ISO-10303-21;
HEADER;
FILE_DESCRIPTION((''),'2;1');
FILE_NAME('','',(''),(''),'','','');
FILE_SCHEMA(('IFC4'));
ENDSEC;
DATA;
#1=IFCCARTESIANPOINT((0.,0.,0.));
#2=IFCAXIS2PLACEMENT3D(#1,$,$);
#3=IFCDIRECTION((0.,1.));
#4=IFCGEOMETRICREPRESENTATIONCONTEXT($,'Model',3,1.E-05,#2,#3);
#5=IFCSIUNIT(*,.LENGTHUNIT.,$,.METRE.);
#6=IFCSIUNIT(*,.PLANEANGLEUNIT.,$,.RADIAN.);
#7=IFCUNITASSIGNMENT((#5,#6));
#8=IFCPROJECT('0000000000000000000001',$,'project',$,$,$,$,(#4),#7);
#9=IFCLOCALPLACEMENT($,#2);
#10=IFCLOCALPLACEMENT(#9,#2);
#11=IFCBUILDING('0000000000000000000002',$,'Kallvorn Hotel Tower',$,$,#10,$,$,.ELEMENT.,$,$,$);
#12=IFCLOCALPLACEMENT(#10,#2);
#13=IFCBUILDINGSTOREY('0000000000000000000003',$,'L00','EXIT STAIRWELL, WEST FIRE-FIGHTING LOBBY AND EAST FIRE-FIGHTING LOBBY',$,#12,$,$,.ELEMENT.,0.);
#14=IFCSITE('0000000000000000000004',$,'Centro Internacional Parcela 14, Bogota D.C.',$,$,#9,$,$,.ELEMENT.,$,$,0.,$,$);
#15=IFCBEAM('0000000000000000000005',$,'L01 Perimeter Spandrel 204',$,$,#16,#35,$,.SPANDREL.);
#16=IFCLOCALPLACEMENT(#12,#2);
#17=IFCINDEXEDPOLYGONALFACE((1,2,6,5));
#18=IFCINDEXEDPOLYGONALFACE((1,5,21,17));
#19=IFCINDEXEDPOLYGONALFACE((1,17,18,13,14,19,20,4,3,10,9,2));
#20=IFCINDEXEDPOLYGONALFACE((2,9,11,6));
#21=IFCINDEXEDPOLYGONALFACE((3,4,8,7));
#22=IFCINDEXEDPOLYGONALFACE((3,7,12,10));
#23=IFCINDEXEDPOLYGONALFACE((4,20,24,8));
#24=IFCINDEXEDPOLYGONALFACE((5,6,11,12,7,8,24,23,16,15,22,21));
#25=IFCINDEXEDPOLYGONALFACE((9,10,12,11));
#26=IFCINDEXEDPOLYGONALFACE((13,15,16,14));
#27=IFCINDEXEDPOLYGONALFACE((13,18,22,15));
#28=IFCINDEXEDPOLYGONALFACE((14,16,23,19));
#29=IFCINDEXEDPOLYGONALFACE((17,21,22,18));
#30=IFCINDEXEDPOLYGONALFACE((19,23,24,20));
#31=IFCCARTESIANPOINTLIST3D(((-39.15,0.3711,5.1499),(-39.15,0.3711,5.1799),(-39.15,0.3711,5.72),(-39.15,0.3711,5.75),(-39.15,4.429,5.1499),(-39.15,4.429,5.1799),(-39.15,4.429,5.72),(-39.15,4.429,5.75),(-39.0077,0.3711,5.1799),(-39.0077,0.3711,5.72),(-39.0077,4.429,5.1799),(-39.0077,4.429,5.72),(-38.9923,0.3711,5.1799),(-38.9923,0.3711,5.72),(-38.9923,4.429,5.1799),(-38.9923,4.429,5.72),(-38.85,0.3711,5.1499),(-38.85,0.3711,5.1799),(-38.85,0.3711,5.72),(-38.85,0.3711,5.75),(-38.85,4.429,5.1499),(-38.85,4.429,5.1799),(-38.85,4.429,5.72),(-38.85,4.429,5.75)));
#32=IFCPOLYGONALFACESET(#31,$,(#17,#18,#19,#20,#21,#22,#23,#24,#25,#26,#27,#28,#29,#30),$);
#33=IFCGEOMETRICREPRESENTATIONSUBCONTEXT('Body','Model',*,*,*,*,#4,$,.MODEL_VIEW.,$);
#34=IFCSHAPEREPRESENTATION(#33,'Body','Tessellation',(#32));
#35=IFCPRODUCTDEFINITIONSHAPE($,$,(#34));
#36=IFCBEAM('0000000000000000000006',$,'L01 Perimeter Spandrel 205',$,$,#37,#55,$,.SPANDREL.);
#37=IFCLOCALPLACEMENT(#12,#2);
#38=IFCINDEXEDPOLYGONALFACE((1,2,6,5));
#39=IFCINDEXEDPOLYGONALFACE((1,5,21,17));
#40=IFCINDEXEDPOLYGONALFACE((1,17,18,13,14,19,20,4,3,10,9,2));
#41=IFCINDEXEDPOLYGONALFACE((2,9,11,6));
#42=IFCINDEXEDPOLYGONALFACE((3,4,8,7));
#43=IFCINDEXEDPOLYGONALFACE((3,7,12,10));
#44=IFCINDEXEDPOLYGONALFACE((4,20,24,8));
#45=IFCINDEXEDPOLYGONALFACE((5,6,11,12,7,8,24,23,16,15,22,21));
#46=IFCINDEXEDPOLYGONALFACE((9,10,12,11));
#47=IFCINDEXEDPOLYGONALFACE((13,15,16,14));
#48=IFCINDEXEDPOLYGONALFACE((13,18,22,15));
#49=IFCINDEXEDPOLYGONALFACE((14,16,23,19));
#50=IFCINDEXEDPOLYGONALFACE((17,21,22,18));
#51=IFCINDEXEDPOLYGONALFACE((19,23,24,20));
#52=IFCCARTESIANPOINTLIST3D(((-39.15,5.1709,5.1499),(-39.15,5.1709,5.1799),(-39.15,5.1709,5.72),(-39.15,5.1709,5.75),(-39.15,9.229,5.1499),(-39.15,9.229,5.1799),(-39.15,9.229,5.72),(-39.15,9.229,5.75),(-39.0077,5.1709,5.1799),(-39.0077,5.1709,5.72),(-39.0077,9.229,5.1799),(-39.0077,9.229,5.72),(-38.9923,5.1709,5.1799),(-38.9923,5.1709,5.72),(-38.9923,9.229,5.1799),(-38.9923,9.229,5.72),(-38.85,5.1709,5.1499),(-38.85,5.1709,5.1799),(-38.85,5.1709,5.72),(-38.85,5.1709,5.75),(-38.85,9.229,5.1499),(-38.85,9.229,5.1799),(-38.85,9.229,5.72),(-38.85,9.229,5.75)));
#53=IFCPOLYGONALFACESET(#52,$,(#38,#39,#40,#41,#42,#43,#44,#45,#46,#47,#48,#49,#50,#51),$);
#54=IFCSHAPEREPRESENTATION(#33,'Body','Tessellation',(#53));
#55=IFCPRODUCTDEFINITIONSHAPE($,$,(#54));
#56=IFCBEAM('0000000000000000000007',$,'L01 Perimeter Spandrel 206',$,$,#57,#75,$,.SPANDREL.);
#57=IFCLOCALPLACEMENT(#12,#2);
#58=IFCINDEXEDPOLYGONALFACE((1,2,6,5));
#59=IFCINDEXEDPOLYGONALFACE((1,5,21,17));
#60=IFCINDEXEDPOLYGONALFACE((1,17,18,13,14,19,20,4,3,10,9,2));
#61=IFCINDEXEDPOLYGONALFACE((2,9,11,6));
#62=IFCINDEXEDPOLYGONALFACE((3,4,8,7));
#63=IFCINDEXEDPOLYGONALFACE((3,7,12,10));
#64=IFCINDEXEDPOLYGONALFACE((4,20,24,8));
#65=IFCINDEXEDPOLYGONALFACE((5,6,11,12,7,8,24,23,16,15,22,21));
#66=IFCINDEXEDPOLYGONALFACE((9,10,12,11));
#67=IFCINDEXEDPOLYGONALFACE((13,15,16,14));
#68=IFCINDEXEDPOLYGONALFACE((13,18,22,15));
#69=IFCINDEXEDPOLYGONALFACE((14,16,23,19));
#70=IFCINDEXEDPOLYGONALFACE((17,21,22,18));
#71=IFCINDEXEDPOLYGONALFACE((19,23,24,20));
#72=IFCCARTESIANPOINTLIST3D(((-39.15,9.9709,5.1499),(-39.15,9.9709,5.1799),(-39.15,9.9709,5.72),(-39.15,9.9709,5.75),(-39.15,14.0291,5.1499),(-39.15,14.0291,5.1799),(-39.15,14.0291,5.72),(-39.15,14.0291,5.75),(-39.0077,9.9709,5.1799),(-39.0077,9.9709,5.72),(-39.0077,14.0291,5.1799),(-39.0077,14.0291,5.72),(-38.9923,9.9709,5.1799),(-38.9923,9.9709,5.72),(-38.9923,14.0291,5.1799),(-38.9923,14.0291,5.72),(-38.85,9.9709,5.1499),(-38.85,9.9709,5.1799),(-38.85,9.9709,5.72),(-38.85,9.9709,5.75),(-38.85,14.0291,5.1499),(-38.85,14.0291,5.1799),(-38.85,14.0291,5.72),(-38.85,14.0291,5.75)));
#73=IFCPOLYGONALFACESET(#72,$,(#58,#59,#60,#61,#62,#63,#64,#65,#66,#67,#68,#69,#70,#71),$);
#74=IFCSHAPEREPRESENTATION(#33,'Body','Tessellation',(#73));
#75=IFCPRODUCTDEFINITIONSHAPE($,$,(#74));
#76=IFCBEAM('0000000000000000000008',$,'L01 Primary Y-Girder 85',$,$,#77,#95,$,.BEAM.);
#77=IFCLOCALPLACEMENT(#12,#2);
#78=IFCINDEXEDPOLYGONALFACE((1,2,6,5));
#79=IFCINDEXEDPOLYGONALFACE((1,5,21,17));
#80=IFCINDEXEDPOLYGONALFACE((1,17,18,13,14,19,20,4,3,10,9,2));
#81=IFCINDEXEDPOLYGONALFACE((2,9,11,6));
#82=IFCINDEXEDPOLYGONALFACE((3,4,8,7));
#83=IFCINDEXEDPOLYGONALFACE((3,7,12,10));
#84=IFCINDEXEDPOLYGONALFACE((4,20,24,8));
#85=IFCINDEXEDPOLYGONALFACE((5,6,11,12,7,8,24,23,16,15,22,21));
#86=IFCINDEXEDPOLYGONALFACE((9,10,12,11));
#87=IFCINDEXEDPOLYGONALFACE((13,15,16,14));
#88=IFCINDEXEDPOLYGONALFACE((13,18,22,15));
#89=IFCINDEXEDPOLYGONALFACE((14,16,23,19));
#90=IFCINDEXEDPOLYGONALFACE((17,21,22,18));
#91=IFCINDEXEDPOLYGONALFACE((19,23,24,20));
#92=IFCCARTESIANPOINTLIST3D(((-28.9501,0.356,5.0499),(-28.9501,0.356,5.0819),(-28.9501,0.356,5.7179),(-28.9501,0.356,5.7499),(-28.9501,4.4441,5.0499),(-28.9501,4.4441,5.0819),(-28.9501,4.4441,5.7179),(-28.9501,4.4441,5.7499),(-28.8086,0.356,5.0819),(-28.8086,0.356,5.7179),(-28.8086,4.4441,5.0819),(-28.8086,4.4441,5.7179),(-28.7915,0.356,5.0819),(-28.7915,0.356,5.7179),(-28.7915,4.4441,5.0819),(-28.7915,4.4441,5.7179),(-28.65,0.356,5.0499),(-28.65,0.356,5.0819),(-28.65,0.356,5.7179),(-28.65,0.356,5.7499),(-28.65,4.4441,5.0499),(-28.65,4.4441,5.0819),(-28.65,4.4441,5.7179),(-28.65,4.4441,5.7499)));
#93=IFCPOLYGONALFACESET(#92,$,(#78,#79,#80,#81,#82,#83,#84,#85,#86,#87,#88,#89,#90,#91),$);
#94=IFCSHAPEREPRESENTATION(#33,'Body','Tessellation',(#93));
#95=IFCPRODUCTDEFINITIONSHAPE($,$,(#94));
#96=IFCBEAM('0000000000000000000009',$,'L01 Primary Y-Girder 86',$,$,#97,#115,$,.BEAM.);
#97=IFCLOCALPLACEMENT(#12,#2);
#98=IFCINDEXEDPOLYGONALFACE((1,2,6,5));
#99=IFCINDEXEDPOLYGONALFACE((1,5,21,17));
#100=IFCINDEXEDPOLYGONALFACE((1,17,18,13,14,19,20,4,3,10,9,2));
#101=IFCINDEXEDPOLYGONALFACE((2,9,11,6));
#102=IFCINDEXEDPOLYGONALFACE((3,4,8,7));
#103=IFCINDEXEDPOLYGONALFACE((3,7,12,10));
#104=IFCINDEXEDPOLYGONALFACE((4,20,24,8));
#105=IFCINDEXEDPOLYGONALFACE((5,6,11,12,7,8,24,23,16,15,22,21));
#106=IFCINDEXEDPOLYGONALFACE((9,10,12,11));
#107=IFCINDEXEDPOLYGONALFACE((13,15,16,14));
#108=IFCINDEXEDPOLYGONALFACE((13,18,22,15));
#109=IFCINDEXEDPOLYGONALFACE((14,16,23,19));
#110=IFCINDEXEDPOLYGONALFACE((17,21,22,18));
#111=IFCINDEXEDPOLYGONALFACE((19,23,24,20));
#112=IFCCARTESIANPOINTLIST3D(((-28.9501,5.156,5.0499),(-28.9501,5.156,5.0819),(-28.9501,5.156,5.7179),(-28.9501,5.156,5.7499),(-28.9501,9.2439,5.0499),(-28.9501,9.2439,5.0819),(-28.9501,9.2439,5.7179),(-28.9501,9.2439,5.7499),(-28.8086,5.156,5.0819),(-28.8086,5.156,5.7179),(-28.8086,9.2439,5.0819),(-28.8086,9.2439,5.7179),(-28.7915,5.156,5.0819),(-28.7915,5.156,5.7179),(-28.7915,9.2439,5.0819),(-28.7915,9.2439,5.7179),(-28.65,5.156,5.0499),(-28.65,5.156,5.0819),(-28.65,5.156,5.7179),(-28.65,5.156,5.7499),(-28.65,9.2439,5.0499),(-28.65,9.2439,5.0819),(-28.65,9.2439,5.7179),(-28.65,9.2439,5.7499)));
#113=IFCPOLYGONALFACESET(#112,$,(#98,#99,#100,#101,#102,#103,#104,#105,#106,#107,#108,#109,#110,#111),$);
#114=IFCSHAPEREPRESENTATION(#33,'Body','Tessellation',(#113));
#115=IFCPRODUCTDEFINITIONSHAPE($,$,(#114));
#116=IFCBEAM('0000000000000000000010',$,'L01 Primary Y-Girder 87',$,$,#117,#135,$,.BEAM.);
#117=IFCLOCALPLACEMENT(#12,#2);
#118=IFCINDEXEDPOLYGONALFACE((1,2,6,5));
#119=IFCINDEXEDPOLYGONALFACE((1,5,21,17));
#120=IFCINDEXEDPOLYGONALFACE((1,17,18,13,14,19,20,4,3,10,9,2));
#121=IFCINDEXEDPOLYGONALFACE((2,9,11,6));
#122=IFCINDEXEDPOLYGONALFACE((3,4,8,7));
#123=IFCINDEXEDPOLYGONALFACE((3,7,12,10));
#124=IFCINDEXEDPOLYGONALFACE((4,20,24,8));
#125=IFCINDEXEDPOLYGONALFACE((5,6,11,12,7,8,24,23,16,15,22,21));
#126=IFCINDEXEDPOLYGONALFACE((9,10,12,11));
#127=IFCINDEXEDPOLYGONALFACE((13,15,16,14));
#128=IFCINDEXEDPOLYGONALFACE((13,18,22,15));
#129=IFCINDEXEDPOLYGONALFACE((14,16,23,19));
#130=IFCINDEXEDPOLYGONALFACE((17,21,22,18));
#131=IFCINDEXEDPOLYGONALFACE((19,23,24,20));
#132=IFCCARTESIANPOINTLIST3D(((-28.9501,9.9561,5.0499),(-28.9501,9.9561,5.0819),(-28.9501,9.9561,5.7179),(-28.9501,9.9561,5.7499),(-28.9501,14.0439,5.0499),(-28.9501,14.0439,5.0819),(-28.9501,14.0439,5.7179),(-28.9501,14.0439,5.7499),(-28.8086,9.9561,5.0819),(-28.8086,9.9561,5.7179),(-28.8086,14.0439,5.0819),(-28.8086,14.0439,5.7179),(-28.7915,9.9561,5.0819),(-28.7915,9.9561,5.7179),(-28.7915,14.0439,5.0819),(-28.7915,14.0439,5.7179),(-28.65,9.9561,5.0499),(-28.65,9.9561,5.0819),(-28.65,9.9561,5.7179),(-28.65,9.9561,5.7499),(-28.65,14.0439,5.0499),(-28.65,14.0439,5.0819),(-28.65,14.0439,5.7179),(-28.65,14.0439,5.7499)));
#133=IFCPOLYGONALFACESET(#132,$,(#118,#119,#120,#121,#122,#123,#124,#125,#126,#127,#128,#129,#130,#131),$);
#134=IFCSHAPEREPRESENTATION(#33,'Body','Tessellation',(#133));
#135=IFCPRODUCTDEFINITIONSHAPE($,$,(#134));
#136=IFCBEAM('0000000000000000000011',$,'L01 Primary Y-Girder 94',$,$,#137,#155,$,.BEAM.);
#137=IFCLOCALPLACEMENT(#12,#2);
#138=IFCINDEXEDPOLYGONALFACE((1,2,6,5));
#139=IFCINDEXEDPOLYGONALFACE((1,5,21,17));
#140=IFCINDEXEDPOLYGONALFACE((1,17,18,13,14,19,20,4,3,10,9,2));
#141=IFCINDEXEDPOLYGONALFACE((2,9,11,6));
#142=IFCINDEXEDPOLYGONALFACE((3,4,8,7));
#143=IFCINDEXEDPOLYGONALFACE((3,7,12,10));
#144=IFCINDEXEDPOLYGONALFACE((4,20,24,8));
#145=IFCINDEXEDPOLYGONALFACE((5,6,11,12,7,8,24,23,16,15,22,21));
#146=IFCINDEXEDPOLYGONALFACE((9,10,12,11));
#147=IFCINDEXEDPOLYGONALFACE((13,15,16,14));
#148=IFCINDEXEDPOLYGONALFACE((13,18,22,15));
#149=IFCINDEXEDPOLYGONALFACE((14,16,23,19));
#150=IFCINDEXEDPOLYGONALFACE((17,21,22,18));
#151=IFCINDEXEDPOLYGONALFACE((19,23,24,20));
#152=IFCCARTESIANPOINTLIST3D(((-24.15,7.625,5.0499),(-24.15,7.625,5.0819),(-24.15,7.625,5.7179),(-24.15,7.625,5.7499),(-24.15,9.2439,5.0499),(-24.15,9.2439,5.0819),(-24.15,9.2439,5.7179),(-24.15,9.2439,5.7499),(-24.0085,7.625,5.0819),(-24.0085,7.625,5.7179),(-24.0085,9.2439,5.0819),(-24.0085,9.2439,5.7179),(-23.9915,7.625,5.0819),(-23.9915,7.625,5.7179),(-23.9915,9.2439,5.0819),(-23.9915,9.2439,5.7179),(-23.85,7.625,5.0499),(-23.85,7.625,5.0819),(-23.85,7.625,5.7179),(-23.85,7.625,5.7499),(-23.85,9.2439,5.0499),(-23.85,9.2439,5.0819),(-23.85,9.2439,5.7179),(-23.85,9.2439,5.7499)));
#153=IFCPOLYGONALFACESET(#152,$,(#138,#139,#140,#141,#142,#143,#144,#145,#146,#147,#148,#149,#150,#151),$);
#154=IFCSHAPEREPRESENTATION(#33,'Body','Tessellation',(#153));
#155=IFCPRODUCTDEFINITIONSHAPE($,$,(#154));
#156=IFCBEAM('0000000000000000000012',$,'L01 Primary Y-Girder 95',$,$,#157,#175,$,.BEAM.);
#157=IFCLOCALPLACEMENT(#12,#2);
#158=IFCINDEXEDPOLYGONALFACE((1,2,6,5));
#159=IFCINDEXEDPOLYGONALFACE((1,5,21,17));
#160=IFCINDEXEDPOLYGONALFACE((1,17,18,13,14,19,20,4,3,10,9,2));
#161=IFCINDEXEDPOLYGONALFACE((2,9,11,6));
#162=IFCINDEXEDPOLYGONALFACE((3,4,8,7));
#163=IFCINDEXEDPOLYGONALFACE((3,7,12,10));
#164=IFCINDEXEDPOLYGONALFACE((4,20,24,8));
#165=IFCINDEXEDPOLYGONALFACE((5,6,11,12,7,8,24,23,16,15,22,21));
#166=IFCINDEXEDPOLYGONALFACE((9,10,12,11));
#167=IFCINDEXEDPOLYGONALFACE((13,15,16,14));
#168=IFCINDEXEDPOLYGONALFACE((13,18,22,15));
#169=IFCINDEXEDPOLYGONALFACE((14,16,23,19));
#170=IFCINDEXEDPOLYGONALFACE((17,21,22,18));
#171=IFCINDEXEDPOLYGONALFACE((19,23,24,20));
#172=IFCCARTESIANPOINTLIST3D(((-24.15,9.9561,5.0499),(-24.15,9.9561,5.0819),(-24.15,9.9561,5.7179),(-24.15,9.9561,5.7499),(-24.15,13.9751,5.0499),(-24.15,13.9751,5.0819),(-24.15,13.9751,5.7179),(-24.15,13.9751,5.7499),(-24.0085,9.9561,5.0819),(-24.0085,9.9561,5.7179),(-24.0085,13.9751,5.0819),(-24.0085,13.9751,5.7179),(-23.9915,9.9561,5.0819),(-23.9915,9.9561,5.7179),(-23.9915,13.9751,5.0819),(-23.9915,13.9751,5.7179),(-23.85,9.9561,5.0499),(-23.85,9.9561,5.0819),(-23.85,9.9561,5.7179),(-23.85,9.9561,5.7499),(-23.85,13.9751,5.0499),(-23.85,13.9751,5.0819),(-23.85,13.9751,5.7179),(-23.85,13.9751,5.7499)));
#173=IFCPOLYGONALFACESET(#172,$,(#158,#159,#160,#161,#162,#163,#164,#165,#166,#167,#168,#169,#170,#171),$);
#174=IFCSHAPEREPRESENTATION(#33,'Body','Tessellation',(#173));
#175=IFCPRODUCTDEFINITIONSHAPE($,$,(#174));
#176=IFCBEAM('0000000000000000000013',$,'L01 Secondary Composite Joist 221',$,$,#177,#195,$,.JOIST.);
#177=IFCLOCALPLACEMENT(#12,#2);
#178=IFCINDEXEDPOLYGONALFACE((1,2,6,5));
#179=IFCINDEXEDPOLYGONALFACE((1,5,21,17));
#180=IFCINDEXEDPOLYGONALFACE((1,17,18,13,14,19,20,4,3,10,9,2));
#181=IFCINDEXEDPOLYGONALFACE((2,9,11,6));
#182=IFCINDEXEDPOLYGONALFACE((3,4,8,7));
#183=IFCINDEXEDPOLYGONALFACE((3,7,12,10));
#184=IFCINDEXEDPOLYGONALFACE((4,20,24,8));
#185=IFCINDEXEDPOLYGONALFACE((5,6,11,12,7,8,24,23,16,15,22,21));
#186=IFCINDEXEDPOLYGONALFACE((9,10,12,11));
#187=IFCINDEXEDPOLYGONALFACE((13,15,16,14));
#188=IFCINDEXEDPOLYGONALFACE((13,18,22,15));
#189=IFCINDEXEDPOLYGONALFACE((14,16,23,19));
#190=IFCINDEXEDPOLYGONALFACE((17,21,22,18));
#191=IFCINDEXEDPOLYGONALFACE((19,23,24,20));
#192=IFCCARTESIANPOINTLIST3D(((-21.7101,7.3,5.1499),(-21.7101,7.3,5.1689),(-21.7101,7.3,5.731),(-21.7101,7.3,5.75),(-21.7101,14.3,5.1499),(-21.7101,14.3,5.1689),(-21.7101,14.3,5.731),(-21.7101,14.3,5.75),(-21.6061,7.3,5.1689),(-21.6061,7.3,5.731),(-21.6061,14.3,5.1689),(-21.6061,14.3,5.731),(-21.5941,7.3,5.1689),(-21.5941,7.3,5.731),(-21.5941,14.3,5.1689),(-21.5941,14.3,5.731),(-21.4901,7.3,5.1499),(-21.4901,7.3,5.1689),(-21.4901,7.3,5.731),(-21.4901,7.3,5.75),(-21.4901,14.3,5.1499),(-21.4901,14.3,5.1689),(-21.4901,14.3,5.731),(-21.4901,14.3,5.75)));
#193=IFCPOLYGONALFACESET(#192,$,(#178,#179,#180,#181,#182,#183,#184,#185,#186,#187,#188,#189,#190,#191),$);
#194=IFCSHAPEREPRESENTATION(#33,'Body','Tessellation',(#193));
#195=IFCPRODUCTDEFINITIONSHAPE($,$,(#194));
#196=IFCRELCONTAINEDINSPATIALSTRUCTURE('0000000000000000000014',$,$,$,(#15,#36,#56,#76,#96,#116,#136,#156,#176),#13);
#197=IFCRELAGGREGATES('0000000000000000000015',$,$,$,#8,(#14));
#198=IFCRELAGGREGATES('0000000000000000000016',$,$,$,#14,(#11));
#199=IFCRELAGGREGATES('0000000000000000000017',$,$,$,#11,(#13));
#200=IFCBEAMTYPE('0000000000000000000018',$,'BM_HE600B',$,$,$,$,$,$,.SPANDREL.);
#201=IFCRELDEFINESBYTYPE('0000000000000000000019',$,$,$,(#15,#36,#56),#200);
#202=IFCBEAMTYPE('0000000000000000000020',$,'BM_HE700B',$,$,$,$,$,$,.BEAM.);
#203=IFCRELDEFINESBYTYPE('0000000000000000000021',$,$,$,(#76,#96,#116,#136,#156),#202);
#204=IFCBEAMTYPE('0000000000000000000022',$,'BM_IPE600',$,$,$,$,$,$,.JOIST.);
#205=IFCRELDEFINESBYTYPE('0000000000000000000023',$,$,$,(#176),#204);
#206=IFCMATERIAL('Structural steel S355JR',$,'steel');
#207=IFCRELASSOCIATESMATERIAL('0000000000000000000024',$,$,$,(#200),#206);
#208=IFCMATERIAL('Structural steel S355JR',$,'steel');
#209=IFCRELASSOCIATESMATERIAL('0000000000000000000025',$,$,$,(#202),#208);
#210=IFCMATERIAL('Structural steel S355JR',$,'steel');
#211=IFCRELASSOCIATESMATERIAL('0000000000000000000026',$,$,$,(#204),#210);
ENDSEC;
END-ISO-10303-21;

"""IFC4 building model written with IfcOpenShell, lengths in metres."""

from ifc_helpers import new_model, si_unit, direction, frame, origin, origin_2d, place, context, subcontext, project, spatial, i_section, extrude, material, material_profile, profile_set, type_object, element, save


model = new_model("IFC4")

# Units and contexts
model_context = context("Model", 3, precision=1e-05, world=origin(), true_north=direction((0.0, 1.0)))
body_context = subcontext(model_context, "Body", "Model", "MODEL_VIEW")
ifc_project = project(units=[si_unit("LENGTHUNIT", "METRE"), si_unit("PLANEANGLEUNIT", "RADIAN")], contexts=[model_context])

# Site, building, storey
site_placement = place(None, origin())
site = spatial("IfcSite", under=ifc_project, at=site_placement, Name="Centro Internacional Parcela 14, Bogota D.C.", CompositionType="ELEMENT", RefElevation=0.0)
building_placement = place(site_placement, origin())
building = spatial("IfcBuilding", under=site, at=building_placement, Name="Kallvorn Hotel Tower", CompositionType="ELEMENT")
storey_placement = place(building_placement, origin())
storey = spatial("IfcBuildingStorey", under=building, at=storey_placement, Name="L00", Description="EXIT STAIRWELL, WEST FIRE-FIGHTING LOBBY AND EAST FIRE-FIGHTING LOBBY", CompositionType="ELEMENT", Elevation=0.0)

# Beams
ifc_material_1 = material(Name="Structural steel S355JR", Category="steel")
ifc_material_profile_1 = material_profile(ifc_material_1, i_section(OverallWidth=0.3, OverallDepth=0.6001, WebThickness=0.0154, FlangeThickness=0.03, at=origin_2d()), Name="HE 600 B")
ifc_profile_set_1 = profile_set([ifc_material_profile_1], Name="Structural steel S355JR")
beam_type_1 = type_object("IfcBeamType", Name="BM_HE600B", PredefinedType="SPANDREL", material=ifc_profile_set_1)
beam_1_placement = place(storey_placement, frame((-39.0, 0.3711, 5.45), z_axis=(0.0, 1.0, 0.0), x_axis=(-1.0, 0.0, 0.0)))
element("IfcBeam", 1, at=beam_1_placement, inside=storey, type_object=beam_type_1, Name="L01 Perimeter Spandrel 204", PredefinedType="SPANDREL", context=body_context, shape_type="SweptSolid", body=[
    extrude(i_section(OverallWidth=0.3, OverallDepth=0.6001, WebThickness=0.0154, FlangeThickness=0.03, at=origin_2d()), origin(), (0.0, 0.0, 1.0), 4.0579),
])
for number, where, z_axis, x_axis, name in (
    (2, (-39.0, 5.1709, 5.45), (0.0, 1.0, 0.0), (-1.0, 0.0, 0.0), "L01 Perimeter Spandrel 205"),
    (3, (-39.0, 9.9709, 5.45), (0.0, 1.0, 0.0), (-1.0, 0.0, 0.0), "L01 Perimeter Spandrel 206"),
):
    element("IfcBeam", number, at=place(storey_placement, frame(where, z_axis=z_axis, x_axis=x_axis)), inside=storey, type_object=beam_type_1, Name=name, PredefinedType="SPANDREL", context=body_context, shape_type="SweptSolid", body=[
        extrude(i_section(OverallWidth=0.3, OverallDepth=0.6001, WebThickness=0.0154, FlangeThickness=0.03, at=origin_2d()), origin(), (0.0, 0.0, 1.0), 4.0581),
    ])
ifc_material_2 = material(Name="Structural steel S355JR", Category="steel")
ifc_material_profile_2 = material_profile(ifc_material_2, i_section(OverallWidth=0.3, OverallDepth=0.7, WebThickness=0.0171, FlangeThickness=0.032, at=origin_2d()), Name="HE 700 B")
ifc_profile_set_2 = profile_set([ifc_material_profile_2], Name="Structural steel S355JR")
beam_type_2 = type_object("IfcBeamType", Name="BM_HE700B", PredefinedType="BEAM", material=ifc_profile_set_2)
beam_2_placement = place(storey_placement, frame((-28.8, 0.356, 5.3999), z_axis=(0.0, 1.0, 0.0), x_axis=(-1.0, 0.0, 0.0)))
element("IfcBeam", 4, at=beam_2_placement, inside=storey, type_object=beam_type_2, Name="L01 Primary Y-Girder 85", PredefinedType="BEAM", context=body_context, shape_type="SweptSolid", body=[
    extrude(i_section(OverallWidth=0.3, OverallDepth=0.7, WebThickness=0.0171, FlangeThickness=0.032, at=origin_2d()), origin(), (0.0, 0.0, 1.0), 4.0881),
])
for number, where, z_axis, x_axis, name in (
    (5, (-28.8, 5.156, 5.3999), (0.0, 1.0, 0.0), (-1.0, 0.0, 0.0), "L01 Primary Y-Girder 86"),
    (6, (-28.8, 9.9561, 5.3999), (0.0, 1.0, 0.0), (-1.0, 0.0, 0.0), "L01 Primary Y-Girder 87"),
):
    element("IfcBeam", number, at=place(storey_placement, frame(where, z_axis=z_axis, x_axis=x_axis)), inside=storey, type_object=beam_type_2, Name=name, PredefinedType="BEAM", context=body_context, shape_type="SweptSolid", body=[
        extrude(i_section(OverallWidth=0.3, OverallDepth=0.7, WebThickness=0.0171, FlangeThickness=0.032, at=origin_2d()), origin(), (0.0, 0.0, 1.0), 4.0879),
    ])
beam_3_placement = place(storey_placement, frame((-24.0, 7.625, 5.3999), z_axis=(0.0, 1.0, 0.0), x_axis=(-1.0, 0.0, 0.0)))
element("IfcBeam", 7, at=beam_3_placement, inside=storey, type_object=beam_type_2, Name="L01 Primary Y-Girder 94", PredefinedType="BEAM", context=body_context, shape_type="SweptSolid", body=[
    extrude(i_section(OverallWidth=0.3, OverallDepth=0.7, WebThickness=0.0171, FlangeThickness=0.032, at=origin_2d()), origin(), (0.0, 0.0, 1.0), 1.6189),
])
beam_4_placement = place(storey_placement, frame((-24.0, 9.9561, 5.3999), z_axis=(0.0, 1.0, 0.0), x_axis=(-1.0, 0.0, 0.0)))
element("IfcBeam", 8, at=beam_4_placement, inside=storey, type_object=beam_type_2, Name="L01 Primary Y-Girder 95", PredefinedType="BEAM", context=body_context, shape_type="SweptSolid", body=[
    extrude(i_section(OverallWidth=0.3, OverallDepth=0.7, WebThickness=0.0171, FlangeThickness=0.032, at=origin_2d()), origin(), (0.0, 0.0, 1.0), 4.019),
])
ifc_material_3 = material(Name="Structural steel S355JR", Category="steel")
ifc_material_profile_3 = material_profile(ifc_material_3, i_section(OverallWidth=0.22, OverallDepth=0.6001, WebThickness=0.012, FlangeThickness=0.019, at=origin_2d()), Name="IPE 600")
ifc_profile_set_3 = profile_set([ifc_material_profile_3], Name="Structural steel S355JR")
beam_type_3 = type_object("IfcBeamType", Name="BM_IPE600", PredefinedType="JOIST", material=ifc_profile_set_3)
beam_5_placement = place(storey_placement, frame((-21.6001, 7.3, 5.45), z_axis=(0.0, 1.0, 0.0), x_axis=(-1.0, 0.0, 0.0)))
element("IfcBeam", 9, at=beam_5_placement, inside=storey, type_object=beam_type_3, Name="L01 Secondary Composite Joist 221", PredefinedType="JOIST", context=body_context, shape_type="SweptSolid", body=[
    extrude(i_section(OverallWidth=0.22, OverallDepth=0.6001, WebThickness=0.012, FlangeThickness=0.019, at=origin_2d()), origin(), (0.0, 0.0, 1.0), 7.0),
])

save(model, "model.ifc")
